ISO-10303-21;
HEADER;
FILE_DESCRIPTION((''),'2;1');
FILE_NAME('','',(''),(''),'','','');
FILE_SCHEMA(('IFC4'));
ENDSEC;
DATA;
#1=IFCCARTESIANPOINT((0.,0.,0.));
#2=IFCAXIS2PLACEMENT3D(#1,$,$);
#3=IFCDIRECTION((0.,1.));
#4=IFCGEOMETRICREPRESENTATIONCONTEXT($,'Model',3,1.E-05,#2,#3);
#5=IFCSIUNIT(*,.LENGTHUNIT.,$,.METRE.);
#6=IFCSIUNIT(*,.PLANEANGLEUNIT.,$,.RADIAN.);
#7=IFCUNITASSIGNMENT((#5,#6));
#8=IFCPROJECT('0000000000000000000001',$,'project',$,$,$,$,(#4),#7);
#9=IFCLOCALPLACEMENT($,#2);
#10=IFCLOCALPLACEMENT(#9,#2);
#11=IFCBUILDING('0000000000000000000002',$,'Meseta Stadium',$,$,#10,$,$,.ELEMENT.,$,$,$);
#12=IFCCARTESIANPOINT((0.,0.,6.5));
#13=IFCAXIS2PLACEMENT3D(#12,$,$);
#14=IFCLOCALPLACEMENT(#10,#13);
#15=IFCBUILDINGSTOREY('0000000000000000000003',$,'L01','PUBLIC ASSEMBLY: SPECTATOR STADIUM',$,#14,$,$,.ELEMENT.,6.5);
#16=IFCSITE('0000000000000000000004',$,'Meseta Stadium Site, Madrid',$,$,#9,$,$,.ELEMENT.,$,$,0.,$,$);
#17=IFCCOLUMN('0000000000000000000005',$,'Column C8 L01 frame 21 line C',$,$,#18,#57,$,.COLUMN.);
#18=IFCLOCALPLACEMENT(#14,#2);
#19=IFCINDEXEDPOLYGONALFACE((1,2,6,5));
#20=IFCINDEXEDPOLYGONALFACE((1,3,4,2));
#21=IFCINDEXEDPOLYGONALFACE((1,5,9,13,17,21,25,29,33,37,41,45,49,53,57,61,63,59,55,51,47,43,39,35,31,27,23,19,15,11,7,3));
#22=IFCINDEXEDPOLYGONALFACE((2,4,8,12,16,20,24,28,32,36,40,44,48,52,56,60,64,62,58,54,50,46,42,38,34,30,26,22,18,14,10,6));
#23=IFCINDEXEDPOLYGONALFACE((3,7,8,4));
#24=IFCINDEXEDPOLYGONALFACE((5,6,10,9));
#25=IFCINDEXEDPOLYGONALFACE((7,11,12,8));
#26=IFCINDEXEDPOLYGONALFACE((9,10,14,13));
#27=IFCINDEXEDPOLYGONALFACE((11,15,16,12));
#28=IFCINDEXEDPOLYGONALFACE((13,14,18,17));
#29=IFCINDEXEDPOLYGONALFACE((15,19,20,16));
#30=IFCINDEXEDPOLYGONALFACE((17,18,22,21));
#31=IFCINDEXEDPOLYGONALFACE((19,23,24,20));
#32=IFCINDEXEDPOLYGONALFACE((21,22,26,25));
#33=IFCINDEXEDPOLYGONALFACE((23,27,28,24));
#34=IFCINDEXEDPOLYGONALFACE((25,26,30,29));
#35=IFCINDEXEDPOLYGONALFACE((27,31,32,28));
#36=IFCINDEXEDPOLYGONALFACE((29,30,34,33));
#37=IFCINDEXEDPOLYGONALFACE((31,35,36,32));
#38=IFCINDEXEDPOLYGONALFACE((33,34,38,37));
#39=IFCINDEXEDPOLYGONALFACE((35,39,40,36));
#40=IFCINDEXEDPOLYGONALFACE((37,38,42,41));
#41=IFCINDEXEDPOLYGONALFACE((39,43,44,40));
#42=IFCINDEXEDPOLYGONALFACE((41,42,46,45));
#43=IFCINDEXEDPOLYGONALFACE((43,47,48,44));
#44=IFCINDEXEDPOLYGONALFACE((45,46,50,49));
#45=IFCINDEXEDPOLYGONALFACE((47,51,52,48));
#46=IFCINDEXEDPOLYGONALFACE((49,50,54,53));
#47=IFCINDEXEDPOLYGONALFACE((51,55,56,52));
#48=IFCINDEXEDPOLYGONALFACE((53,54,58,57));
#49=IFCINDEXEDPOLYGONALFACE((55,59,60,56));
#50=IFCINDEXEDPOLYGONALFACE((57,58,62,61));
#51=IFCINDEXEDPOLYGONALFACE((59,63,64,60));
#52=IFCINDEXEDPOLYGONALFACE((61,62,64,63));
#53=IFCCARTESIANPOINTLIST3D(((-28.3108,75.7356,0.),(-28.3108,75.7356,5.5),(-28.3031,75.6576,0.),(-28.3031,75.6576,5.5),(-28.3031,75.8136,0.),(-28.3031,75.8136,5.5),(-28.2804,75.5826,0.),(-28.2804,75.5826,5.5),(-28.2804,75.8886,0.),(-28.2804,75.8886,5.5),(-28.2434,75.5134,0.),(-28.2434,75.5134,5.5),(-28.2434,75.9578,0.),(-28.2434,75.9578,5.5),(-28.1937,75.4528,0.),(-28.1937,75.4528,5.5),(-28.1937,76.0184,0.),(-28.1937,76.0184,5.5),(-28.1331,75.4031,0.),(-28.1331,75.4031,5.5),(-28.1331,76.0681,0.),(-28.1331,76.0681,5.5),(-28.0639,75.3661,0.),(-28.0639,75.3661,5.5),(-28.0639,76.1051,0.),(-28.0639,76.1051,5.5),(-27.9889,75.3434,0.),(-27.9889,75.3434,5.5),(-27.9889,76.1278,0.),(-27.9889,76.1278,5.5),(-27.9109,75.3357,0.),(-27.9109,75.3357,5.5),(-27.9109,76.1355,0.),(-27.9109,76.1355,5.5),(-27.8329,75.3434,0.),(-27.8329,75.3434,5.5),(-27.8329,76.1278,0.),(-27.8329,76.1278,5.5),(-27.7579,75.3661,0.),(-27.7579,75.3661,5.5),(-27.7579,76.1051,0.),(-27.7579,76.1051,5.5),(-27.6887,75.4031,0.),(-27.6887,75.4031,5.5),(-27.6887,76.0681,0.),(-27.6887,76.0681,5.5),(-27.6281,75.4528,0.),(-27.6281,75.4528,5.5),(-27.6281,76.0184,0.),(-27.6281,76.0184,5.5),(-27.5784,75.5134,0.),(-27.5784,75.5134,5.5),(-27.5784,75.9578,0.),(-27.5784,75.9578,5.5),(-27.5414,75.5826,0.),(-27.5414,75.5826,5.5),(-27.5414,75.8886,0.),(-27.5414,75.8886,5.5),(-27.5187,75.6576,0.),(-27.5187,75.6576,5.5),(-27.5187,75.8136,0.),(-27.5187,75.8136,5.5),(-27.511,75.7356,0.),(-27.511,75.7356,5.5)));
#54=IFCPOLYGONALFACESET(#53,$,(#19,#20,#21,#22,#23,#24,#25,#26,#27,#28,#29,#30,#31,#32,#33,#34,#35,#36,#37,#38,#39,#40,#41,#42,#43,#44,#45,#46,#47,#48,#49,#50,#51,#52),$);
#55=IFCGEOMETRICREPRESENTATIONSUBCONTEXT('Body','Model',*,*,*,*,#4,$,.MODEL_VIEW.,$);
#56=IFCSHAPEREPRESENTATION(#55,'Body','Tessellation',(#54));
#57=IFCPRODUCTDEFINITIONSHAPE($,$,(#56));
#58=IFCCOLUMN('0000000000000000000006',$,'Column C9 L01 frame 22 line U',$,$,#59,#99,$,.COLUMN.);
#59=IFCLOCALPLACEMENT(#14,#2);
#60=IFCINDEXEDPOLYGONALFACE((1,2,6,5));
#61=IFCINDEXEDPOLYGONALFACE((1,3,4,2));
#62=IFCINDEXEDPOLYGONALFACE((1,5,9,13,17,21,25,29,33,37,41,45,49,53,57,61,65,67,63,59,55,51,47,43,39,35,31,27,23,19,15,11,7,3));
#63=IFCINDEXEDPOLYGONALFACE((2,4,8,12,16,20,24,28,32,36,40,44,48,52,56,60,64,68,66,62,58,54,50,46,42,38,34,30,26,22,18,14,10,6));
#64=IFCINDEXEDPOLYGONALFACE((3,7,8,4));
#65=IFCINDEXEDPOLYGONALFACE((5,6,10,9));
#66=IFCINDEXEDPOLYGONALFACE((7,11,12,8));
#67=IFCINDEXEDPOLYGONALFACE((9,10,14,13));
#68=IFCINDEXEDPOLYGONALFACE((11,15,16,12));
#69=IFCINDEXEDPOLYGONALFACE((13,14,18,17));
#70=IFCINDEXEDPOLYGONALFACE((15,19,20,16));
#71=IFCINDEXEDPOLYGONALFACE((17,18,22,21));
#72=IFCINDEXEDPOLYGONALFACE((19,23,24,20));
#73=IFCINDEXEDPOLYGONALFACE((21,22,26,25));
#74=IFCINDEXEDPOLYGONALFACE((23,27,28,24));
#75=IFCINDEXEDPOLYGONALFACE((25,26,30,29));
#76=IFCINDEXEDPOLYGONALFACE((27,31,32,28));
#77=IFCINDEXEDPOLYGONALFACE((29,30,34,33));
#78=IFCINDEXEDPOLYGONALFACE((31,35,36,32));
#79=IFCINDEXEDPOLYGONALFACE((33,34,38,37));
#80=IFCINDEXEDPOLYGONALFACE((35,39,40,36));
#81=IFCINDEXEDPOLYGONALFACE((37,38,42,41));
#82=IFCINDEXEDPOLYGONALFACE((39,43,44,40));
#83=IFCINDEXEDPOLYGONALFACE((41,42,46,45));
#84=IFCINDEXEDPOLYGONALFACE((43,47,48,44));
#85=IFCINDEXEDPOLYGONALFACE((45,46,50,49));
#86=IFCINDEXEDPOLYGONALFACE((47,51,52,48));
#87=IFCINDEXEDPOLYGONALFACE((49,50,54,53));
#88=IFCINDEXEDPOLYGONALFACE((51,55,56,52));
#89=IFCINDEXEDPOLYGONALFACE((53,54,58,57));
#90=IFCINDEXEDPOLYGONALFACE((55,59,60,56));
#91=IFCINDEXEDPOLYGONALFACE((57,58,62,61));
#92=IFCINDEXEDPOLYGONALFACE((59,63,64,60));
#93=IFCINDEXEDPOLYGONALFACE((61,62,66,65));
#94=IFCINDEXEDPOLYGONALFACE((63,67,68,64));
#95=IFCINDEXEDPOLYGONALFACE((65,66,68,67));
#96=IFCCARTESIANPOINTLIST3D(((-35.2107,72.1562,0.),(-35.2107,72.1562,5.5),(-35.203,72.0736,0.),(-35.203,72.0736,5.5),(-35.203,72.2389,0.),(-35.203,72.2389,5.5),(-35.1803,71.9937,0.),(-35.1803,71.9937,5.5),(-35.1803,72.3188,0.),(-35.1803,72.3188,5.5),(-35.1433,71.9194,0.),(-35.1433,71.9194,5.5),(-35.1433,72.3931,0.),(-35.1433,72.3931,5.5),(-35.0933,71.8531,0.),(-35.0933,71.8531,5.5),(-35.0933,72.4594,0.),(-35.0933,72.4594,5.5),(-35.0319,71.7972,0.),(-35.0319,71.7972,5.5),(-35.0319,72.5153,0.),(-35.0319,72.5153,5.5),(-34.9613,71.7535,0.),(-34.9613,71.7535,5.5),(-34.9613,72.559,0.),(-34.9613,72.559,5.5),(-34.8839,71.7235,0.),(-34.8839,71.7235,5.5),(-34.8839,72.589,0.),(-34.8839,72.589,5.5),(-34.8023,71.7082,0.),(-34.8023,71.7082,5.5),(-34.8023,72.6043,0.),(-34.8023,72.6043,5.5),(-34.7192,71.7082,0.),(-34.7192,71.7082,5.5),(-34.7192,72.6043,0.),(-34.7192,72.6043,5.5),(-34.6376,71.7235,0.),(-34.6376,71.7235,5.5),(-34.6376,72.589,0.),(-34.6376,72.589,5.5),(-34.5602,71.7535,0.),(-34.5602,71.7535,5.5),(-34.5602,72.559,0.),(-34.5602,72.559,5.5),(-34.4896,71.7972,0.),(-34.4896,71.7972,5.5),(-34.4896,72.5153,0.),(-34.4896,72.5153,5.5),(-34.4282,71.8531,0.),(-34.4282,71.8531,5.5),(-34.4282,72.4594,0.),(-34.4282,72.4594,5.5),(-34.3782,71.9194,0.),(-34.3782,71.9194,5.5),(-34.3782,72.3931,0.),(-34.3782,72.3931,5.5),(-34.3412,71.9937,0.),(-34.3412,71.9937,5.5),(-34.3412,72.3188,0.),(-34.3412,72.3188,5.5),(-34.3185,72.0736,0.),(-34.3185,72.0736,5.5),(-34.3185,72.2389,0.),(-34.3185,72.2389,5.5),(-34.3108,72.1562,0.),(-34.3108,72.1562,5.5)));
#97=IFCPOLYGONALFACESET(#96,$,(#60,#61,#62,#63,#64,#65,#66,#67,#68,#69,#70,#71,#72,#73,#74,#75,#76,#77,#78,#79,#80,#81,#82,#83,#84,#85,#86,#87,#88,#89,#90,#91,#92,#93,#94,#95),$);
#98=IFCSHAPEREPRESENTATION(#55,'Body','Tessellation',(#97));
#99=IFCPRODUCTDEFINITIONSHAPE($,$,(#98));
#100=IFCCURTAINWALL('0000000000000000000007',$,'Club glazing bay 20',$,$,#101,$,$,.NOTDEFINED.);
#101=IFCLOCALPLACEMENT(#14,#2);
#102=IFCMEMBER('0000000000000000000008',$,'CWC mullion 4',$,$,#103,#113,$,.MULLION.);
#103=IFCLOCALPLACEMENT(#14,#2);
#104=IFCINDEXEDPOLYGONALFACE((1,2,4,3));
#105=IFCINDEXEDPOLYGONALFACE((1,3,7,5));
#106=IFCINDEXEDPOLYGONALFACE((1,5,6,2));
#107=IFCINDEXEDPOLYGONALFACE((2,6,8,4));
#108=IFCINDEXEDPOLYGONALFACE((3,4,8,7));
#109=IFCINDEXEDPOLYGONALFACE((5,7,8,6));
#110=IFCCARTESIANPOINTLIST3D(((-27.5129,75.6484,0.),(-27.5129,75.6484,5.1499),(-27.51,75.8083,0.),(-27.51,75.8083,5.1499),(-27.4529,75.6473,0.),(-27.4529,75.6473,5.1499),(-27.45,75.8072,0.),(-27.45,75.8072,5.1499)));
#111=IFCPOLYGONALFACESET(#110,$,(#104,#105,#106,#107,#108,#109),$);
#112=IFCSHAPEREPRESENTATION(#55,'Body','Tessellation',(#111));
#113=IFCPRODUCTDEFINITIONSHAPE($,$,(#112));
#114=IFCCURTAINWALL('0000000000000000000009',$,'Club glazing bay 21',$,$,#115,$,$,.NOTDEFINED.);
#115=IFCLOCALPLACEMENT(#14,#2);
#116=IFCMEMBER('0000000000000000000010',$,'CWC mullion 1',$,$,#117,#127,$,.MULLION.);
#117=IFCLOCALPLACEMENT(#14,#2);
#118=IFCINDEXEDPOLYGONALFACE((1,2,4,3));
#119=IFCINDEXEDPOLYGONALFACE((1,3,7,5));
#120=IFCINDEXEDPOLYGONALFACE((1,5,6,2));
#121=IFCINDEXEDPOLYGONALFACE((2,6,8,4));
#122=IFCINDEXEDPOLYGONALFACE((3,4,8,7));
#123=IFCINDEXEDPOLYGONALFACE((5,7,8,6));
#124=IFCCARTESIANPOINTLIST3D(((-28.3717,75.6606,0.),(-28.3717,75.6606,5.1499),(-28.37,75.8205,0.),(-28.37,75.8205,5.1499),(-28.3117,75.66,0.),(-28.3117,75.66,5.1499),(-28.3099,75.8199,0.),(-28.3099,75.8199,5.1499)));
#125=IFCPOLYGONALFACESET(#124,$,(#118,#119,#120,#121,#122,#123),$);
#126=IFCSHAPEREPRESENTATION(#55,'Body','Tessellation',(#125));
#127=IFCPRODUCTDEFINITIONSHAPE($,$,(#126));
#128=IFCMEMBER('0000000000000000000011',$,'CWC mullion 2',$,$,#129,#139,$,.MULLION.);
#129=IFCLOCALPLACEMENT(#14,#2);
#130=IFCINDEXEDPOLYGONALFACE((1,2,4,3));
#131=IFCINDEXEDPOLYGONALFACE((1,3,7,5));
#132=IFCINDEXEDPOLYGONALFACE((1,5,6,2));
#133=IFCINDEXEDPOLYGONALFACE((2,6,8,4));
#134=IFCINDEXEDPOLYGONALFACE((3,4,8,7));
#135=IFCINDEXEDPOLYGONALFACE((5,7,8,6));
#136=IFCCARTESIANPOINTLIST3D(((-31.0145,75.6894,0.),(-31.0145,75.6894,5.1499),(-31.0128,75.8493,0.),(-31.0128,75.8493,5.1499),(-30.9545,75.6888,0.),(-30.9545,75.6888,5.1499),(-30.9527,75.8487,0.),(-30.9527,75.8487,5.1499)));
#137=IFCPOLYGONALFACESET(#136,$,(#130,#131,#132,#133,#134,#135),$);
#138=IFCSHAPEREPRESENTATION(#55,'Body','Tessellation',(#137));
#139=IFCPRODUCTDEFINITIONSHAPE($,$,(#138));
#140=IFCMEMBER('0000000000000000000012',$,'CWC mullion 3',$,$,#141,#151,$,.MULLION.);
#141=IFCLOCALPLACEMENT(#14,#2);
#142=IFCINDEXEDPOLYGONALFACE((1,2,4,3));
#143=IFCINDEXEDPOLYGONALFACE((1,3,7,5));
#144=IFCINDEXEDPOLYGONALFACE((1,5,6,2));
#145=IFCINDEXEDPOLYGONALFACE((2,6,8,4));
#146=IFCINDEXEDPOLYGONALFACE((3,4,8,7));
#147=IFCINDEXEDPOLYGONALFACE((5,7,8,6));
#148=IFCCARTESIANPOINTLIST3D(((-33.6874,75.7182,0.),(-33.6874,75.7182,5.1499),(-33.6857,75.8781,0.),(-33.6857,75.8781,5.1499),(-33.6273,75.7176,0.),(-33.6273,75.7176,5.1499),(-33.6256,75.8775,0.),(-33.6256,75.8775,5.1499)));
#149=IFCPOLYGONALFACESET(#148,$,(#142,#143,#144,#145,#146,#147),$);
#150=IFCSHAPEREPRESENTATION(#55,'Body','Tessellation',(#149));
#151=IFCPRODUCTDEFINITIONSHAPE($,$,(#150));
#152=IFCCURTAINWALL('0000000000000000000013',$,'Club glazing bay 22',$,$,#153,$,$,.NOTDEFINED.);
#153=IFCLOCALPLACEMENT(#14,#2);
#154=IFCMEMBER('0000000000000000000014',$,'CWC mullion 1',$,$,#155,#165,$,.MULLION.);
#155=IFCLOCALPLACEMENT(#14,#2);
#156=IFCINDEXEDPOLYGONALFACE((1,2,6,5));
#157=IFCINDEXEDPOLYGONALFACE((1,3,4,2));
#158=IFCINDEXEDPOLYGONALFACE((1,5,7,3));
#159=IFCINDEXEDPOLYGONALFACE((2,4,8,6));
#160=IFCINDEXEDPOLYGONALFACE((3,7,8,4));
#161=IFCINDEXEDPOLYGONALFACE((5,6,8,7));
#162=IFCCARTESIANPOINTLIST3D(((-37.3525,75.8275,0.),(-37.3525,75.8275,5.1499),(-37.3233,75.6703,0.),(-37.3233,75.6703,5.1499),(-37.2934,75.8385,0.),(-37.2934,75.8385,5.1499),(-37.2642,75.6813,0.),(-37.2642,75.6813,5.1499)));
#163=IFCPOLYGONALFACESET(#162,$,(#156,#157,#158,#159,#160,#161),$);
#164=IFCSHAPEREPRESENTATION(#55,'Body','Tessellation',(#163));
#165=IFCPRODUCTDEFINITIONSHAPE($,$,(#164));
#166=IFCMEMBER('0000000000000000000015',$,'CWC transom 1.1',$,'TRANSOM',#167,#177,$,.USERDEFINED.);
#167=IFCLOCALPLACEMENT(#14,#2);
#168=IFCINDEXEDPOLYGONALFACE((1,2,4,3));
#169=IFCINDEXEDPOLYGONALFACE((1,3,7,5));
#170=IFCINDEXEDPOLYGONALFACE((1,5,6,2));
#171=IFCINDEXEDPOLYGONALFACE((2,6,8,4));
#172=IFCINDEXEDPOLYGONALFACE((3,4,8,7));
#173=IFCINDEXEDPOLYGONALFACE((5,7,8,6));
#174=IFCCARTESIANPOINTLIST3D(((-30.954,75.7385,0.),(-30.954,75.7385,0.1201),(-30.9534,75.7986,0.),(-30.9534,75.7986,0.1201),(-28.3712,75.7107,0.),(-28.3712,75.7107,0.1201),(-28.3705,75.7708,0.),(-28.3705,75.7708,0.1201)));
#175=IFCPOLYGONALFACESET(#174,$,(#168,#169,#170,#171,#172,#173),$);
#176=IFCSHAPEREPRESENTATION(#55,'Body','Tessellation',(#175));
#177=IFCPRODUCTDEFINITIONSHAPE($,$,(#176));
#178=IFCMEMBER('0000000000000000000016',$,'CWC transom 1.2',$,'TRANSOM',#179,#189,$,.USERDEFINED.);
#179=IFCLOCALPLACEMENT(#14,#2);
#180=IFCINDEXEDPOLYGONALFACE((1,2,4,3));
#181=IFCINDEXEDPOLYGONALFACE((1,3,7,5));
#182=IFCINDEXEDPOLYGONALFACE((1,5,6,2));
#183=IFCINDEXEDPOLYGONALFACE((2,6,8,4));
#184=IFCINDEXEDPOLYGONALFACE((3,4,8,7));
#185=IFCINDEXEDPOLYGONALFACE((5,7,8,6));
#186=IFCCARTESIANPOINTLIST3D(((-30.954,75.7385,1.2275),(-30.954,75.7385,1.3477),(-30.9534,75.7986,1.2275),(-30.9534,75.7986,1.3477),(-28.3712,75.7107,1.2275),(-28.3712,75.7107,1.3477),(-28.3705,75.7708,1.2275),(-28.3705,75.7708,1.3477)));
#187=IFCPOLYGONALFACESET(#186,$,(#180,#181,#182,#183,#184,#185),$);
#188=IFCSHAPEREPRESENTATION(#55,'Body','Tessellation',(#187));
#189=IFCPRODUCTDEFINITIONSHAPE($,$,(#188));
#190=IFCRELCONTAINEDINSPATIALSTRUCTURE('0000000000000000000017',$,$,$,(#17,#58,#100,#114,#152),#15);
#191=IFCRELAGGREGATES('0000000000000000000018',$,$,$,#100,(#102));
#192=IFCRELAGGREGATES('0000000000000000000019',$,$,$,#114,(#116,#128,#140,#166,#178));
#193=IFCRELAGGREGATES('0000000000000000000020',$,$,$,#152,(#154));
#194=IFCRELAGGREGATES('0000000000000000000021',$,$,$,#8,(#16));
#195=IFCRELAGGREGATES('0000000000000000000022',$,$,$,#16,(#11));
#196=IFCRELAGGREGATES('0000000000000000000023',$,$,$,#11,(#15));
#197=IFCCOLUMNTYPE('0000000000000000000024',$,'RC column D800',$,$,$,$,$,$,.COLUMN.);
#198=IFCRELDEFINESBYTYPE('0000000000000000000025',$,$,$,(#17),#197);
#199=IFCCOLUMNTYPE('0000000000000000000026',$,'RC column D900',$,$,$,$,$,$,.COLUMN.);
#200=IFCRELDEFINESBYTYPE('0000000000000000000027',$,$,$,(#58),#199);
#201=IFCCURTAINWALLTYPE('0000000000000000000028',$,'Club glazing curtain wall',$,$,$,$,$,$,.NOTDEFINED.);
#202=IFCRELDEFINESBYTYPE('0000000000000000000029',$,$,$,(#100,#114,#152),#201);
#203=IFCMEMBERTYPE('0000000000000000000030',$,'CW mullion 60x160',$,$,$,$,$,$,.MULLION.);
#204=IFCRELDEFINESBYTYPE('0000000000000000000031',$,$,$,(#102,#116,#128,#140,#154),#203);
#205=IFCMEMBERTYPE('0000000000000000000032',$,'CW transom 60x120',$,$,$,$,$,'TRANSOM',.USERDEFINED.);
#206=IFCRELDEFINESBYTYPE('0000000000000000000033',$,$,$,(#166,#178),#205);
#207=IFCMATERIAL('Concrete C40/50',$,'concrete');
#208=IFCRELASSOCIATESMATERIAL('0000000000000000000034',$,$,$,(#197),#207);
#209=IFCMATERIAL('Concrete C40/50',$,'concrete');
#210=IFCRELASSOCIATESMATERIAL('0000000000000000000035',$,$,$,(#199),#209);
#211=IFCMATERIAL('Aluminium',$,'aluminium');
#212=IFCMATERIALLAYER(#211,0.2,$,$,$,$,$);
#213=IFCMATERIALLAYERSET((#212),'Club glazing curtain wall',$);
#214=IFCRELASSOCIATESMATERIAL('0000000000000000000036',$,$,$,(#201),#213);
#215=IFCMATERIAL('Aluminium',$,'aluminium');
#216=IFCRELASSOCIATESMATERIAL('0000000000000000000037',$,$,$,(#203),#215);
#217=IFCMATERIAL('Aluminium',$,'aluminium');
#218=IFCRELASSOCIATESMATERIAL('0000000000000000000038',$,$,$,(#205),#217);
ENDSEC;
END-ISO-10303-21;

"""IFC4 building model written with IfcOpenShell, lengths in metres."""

from ifc_helpers import new_model, si_unit, direction, frame, origin, origin_2d, place, context, subcontext, project, spatial, rectangle, circle, extrude, material, layer, layer_set, material_profile, profile_set, type_object, element, aggregate, save


model = new_model("IFC4")

# Units and contexts
model_context = context("Model", 3, precision=1e-05, world=origin(), true_north=direction((0.0, 1.0)))
body_context = subcontext(model_context, "Body", "Model", "MODEL_VIEW")
ifc_project = project(units=[si_unit("LENGTHUNIT", "METRE"), si_unit("PLANEANGLEUNIT", "RADIAN")], contexts=[model_context])

# Site, building, storey
site_placement = place(None, origin())
site = spatial("IfcSite", under=ifc_project, at=site_placement, Name="Meseta Stadium Site, Madrid", CompositionType="ELEMENT", RefElevation=0.0)
building_placement = place(site_placement, origin())
building = spatial("IfcBuilding", under=site, at=building_placement, Name="Meseta Stadium", CompositionType="ELEMENT")
storey_placement = place(building_placement, frame((0.0, 0.0, 6.5)))
storey = spatial("IfcBuildingStorey", under=building, at=storey_placement, Name="L01", Description="PUBLIC ASSEMBLY: SPECTATOR STADIUM", CompositionType="ELEMENT", Elevation=6.5)

# Columns
ifc_material_1 = material(Name="Concrete C40/50", Category="concrete")
ifc_material_profile_1 = material_profile(ifc_material_1, circle(Radius=0.3999, at=origin_2d()), Name="RC D800")
ifc_profile_set_1 = profile_set([ifc_material_profile_1], Name="Concrete C40/50")
column_type_1 = type_object("IfcColumnType", Name="RC column D800", PredefinedType="COLUMN", material=ifc_profile_set_1)
column_1_placement = place(storey_placement, frame((-27.9109, 75.7356, 0.0), z_axis=(0.0, 0.0, 1.0), x_axis=(1.0, 0.0, 0.0)))
element("IfcColumn", 1, at=column_1_placement, inside=storey, type_object=column_type_1, Name="Column C8 L01 frame 21 line C", PredefinedType="COLUMN", context=body_context, shape_type="SweptSolid", body=[
    extrude(circle(Radius=0.3999, at=origin_2d()), origin(), (0.0, 0.0, 1.0), 5.5),
])
ifc_material_2 = material(Name="Concrete C40/50", Category="concrete")
ifc_material_profile_2 = material_profile(ifc_material_2, circle(Radius=0.45, at=origin_2d()), Name="RC D900")
ifc_profile_set_2 = profile_set([ifc_material_profile_2], Name="Concrete C40/50")
column_type_2 = type_object("IfcColumnType", Name="RC column D900", PredefinedType="COLUMN", material=ifc_profile_set_2)
column_2_placement = place(storey_placement, frame((-34.7607, 72.1562, 0.0), z_axis=(0.0, 0.0, 1.0), x_axis=(1.0, 0.0, 0.0)))
element("IfcColumn", 2, at=column_2_placement, inside=storey, type_object=column_type_2, Name="Column C9 L01 frame 22 line U", PredefinedType="COLUMN", context=body_context, shape_type="SweptSolid", body=[
    extrude(circle(Radius=0.45, at=origin_2d()), origin(), (0.0, 0.0, 1.0), 5.5),
])

# Curtain wall, member
ifc_material_3 = material(Name="Aluminium", Category="aluminium")
ifc_layer_1 = layer(ifc_material_3, 0.2)
ifc_layer_set_1 = layer_set([ifc_layer_1], Name="Club glazing curtain wall")
curtain_wall_type = type_object("IfcCurtainWallType", Name="Club glazing curtain wall", PredefinedType="NOTDEFINED", material=ifc_layer_set_1)
curtain_wall_1_placement = place(storey_placement, origin())
curtain_wall_1 = element("IfcCurtainWall", 3, at=curtain_wall_1_placement, inside=storey, type_object=curtain_wall_type, Name="Club glazing bay 20", PredefinedType="NOTDEFINED")
ifc_material_4 = material(Name="Aluminium", Category="aluminium")
ifc_material_profile_3 = material_profile(ifc_material_4, rectangle(XDim=0.1599, YDim=0.0601, at=origin_2d()), Name="CW 160x60")
ifc_profile_set_3 = profile_set([ifc_material_profile_3], Name="Aluminium")
member_type_1 = type_object("IfcMemberType", Name="CW mullion 60x160", PredefinedType="MULLION", material=ifc_profile_set_3)
member_1_placement = place(storey_placement, frame((-27.4814, 75.7278, 0.0), z_axis=(0.0, 0.0, 1.0), x_axis=(-0.018384, -0.999831, 0.0)))
member_1 = element("IfcMember", 4, at=member_1_placement, type_object=member_type_1, Name="CWC mullion 4", PredefinedType="MULLION", context=body_context, shape_type="SweptSolid", body=[
    extrude(rectangle(XDim=0.1599, YDim=0.0601, at=origin_2d()), origin(), (0.0, 0.0, 1.0), 5.1499),
])
aggregate(curtain_wall_1, [member_1])

# Curtain wall, members
curtain_wall_2_placement = place(storey_placement, origin())
curtain_wall_2 = element("IfcCurtainWall", 5, at=curtain_wall_2_placement, inside=storey, type_object=curtain_wall_type, Name="Club glazing bay 21", PredefinedType="NOTDEFINED")
member_2_placement = place(storey_placement, frame((-28.3408, 75.7402, 0.0), z_axis=(0.0, 0.0, 1.0), x_axis=(-0.010843, -0.999941, 0.0)))
member_2 = element("IfcMember", 6, at=member_2_placement, type_object=member_type_1, Name="CWC mullion 1", PredefinedType="MULLION", context=body_context, shape_type="SweptSolid", body=[
    extrude(rectangle(XDim=0.1599, YDim=0.0601, at=origin_2d()), origin(), (0.0, 0.0, 1.0), 5.1499),
])
member_3_placement = place(storey_placement, frame((-30.9836, 75.769, 0.0), z_axis=(0.0, 0.0, 1.0), x_axis=(-0.010843, -0.999941, 0.0)))
member_3 = element("IfcMember", 7, at=member_3_placement, type_object=member_type_1, Name="CWC mullion 2", PredefinedType="MULLION", context=body_context, shape_type="SweptSolid", body=[
    extrude(rectangle(XDim=0.1599, YDim=0.0601, at=origin_2d()), origin(), (0.0, 0.0, 1.0), 5.1499),
])
member_4_placement = place(storey_placement, frame((-33.6565, 75.7979, 0.0), z_axis=(0.0, 0.0, 1.0), x_axis=(-0.010843, -0.999941, 0.0)))
member_4 = element("IfcMember", 8, at=member_4_placement, type_object=member_type_1, Name="CWC mullion 3", PredefinedType="MULLION", context=body_context, shape_type="SweptSolid", body=[
    extrude(rectangle(XDim=0.1599, YDim=0.0601, at=origin_2d()), origin(), (0.0, 0.0, 1.0), 5.1499),
])

# Curtain wall, member
curtain_wall_3_placement = place(storey_placement, origin())
curtain_wall_3 = element("IfcCurtainWall", 9, at=curtain_wall_3_placement, inside=storey, type_object=curtain_wall_type, Name="Club glazing bay 22", PredefinedType="NOTDEFINED")
member_5_placement = place(storey_placement, frame((-37.3083, 75.7544, 0.0), z_axis=(0.0, 0.0, 1.0), x_axis=(0.1826, -0.983187, 0.0)))
member_5 = element("IfcMember", 10, at=member_5_placement, type_object=member_type_1, Name="CWC mullion 1", PredefinedType="MULLION", context=body_context, shape_type="SweptSolid", body=[
    extrude(rectangle(XDim=0.1599, YDim=0.0601, at=origin_2d()), origin(), (0.0, 0.0, 1.0), 5.1499),
])

# Members
ifc_material_5 = material(Name="Aluminium", Category="aluminium")
ifc_material_profile_4 = material_profile(ifc_material_5, rectangle(XDim=0.0601, YDim=0.1201, at=origin_2d()), Name="CW 60x120")
ifc_profile_set_4 = profile_set([ifc_material_profile_4], Name="Aluminium")
member_type_2 = type_object("IfcMemberType", Name="CW transom 60x120", ElementType="TRANSOM", PredefinedType="USERDEFINED", material=ifc_profile_set_4)
member_6_placement = place(storey_placement, frame((-28.3708, 75.7407, 0.0601), z_axis=(-0.999942, 0.010775, 0.0), x_axis=(-0.010775, -0.999942, 0.0)))
member_6 = element("IfcMember", 11, at=member_6_placement, type_object=member_type_2, Name="CWC transom 1.1", ObjectType="TRANSOM", PredefinedType="USERDEFINED", context=body_context, shape_type="SweptSolid", body=[
    extrude(rectangle(XDim=0.0601, YDim=0.1201, at=origin_2d()), origin(), (0.0, 0.0, 1.0), 2.583),
])
member_7_placement = place(storey_placement, frame((-28.3708, 75.7407, 1.2876), z_axis=(-0.999942, 0.010775, 0.0), x_axis=(-0.010775, -0.999942, 0.0)))
member_7 = element("IfcMember", 12, at=member_7_placement, type_object=member_type_2, Name="CWC transom 1.2", ObjectType="TRANSOM", PredefinedType="USERDEFINED", context=body_context, shape_type="SweptSolid", body=[
    extrude(rectangle(XDim=0.0601, YDim=0.1201, at=origin_2d()), origin(), (0.0, 0.0, 1.0), 2.583),
])

aggregate(curtain_wall_2, [member_2, member_3, member_4, member_6, member_7])
aggregate(curtain_wall_3, [member_5])

save(model, "model.ifc")
